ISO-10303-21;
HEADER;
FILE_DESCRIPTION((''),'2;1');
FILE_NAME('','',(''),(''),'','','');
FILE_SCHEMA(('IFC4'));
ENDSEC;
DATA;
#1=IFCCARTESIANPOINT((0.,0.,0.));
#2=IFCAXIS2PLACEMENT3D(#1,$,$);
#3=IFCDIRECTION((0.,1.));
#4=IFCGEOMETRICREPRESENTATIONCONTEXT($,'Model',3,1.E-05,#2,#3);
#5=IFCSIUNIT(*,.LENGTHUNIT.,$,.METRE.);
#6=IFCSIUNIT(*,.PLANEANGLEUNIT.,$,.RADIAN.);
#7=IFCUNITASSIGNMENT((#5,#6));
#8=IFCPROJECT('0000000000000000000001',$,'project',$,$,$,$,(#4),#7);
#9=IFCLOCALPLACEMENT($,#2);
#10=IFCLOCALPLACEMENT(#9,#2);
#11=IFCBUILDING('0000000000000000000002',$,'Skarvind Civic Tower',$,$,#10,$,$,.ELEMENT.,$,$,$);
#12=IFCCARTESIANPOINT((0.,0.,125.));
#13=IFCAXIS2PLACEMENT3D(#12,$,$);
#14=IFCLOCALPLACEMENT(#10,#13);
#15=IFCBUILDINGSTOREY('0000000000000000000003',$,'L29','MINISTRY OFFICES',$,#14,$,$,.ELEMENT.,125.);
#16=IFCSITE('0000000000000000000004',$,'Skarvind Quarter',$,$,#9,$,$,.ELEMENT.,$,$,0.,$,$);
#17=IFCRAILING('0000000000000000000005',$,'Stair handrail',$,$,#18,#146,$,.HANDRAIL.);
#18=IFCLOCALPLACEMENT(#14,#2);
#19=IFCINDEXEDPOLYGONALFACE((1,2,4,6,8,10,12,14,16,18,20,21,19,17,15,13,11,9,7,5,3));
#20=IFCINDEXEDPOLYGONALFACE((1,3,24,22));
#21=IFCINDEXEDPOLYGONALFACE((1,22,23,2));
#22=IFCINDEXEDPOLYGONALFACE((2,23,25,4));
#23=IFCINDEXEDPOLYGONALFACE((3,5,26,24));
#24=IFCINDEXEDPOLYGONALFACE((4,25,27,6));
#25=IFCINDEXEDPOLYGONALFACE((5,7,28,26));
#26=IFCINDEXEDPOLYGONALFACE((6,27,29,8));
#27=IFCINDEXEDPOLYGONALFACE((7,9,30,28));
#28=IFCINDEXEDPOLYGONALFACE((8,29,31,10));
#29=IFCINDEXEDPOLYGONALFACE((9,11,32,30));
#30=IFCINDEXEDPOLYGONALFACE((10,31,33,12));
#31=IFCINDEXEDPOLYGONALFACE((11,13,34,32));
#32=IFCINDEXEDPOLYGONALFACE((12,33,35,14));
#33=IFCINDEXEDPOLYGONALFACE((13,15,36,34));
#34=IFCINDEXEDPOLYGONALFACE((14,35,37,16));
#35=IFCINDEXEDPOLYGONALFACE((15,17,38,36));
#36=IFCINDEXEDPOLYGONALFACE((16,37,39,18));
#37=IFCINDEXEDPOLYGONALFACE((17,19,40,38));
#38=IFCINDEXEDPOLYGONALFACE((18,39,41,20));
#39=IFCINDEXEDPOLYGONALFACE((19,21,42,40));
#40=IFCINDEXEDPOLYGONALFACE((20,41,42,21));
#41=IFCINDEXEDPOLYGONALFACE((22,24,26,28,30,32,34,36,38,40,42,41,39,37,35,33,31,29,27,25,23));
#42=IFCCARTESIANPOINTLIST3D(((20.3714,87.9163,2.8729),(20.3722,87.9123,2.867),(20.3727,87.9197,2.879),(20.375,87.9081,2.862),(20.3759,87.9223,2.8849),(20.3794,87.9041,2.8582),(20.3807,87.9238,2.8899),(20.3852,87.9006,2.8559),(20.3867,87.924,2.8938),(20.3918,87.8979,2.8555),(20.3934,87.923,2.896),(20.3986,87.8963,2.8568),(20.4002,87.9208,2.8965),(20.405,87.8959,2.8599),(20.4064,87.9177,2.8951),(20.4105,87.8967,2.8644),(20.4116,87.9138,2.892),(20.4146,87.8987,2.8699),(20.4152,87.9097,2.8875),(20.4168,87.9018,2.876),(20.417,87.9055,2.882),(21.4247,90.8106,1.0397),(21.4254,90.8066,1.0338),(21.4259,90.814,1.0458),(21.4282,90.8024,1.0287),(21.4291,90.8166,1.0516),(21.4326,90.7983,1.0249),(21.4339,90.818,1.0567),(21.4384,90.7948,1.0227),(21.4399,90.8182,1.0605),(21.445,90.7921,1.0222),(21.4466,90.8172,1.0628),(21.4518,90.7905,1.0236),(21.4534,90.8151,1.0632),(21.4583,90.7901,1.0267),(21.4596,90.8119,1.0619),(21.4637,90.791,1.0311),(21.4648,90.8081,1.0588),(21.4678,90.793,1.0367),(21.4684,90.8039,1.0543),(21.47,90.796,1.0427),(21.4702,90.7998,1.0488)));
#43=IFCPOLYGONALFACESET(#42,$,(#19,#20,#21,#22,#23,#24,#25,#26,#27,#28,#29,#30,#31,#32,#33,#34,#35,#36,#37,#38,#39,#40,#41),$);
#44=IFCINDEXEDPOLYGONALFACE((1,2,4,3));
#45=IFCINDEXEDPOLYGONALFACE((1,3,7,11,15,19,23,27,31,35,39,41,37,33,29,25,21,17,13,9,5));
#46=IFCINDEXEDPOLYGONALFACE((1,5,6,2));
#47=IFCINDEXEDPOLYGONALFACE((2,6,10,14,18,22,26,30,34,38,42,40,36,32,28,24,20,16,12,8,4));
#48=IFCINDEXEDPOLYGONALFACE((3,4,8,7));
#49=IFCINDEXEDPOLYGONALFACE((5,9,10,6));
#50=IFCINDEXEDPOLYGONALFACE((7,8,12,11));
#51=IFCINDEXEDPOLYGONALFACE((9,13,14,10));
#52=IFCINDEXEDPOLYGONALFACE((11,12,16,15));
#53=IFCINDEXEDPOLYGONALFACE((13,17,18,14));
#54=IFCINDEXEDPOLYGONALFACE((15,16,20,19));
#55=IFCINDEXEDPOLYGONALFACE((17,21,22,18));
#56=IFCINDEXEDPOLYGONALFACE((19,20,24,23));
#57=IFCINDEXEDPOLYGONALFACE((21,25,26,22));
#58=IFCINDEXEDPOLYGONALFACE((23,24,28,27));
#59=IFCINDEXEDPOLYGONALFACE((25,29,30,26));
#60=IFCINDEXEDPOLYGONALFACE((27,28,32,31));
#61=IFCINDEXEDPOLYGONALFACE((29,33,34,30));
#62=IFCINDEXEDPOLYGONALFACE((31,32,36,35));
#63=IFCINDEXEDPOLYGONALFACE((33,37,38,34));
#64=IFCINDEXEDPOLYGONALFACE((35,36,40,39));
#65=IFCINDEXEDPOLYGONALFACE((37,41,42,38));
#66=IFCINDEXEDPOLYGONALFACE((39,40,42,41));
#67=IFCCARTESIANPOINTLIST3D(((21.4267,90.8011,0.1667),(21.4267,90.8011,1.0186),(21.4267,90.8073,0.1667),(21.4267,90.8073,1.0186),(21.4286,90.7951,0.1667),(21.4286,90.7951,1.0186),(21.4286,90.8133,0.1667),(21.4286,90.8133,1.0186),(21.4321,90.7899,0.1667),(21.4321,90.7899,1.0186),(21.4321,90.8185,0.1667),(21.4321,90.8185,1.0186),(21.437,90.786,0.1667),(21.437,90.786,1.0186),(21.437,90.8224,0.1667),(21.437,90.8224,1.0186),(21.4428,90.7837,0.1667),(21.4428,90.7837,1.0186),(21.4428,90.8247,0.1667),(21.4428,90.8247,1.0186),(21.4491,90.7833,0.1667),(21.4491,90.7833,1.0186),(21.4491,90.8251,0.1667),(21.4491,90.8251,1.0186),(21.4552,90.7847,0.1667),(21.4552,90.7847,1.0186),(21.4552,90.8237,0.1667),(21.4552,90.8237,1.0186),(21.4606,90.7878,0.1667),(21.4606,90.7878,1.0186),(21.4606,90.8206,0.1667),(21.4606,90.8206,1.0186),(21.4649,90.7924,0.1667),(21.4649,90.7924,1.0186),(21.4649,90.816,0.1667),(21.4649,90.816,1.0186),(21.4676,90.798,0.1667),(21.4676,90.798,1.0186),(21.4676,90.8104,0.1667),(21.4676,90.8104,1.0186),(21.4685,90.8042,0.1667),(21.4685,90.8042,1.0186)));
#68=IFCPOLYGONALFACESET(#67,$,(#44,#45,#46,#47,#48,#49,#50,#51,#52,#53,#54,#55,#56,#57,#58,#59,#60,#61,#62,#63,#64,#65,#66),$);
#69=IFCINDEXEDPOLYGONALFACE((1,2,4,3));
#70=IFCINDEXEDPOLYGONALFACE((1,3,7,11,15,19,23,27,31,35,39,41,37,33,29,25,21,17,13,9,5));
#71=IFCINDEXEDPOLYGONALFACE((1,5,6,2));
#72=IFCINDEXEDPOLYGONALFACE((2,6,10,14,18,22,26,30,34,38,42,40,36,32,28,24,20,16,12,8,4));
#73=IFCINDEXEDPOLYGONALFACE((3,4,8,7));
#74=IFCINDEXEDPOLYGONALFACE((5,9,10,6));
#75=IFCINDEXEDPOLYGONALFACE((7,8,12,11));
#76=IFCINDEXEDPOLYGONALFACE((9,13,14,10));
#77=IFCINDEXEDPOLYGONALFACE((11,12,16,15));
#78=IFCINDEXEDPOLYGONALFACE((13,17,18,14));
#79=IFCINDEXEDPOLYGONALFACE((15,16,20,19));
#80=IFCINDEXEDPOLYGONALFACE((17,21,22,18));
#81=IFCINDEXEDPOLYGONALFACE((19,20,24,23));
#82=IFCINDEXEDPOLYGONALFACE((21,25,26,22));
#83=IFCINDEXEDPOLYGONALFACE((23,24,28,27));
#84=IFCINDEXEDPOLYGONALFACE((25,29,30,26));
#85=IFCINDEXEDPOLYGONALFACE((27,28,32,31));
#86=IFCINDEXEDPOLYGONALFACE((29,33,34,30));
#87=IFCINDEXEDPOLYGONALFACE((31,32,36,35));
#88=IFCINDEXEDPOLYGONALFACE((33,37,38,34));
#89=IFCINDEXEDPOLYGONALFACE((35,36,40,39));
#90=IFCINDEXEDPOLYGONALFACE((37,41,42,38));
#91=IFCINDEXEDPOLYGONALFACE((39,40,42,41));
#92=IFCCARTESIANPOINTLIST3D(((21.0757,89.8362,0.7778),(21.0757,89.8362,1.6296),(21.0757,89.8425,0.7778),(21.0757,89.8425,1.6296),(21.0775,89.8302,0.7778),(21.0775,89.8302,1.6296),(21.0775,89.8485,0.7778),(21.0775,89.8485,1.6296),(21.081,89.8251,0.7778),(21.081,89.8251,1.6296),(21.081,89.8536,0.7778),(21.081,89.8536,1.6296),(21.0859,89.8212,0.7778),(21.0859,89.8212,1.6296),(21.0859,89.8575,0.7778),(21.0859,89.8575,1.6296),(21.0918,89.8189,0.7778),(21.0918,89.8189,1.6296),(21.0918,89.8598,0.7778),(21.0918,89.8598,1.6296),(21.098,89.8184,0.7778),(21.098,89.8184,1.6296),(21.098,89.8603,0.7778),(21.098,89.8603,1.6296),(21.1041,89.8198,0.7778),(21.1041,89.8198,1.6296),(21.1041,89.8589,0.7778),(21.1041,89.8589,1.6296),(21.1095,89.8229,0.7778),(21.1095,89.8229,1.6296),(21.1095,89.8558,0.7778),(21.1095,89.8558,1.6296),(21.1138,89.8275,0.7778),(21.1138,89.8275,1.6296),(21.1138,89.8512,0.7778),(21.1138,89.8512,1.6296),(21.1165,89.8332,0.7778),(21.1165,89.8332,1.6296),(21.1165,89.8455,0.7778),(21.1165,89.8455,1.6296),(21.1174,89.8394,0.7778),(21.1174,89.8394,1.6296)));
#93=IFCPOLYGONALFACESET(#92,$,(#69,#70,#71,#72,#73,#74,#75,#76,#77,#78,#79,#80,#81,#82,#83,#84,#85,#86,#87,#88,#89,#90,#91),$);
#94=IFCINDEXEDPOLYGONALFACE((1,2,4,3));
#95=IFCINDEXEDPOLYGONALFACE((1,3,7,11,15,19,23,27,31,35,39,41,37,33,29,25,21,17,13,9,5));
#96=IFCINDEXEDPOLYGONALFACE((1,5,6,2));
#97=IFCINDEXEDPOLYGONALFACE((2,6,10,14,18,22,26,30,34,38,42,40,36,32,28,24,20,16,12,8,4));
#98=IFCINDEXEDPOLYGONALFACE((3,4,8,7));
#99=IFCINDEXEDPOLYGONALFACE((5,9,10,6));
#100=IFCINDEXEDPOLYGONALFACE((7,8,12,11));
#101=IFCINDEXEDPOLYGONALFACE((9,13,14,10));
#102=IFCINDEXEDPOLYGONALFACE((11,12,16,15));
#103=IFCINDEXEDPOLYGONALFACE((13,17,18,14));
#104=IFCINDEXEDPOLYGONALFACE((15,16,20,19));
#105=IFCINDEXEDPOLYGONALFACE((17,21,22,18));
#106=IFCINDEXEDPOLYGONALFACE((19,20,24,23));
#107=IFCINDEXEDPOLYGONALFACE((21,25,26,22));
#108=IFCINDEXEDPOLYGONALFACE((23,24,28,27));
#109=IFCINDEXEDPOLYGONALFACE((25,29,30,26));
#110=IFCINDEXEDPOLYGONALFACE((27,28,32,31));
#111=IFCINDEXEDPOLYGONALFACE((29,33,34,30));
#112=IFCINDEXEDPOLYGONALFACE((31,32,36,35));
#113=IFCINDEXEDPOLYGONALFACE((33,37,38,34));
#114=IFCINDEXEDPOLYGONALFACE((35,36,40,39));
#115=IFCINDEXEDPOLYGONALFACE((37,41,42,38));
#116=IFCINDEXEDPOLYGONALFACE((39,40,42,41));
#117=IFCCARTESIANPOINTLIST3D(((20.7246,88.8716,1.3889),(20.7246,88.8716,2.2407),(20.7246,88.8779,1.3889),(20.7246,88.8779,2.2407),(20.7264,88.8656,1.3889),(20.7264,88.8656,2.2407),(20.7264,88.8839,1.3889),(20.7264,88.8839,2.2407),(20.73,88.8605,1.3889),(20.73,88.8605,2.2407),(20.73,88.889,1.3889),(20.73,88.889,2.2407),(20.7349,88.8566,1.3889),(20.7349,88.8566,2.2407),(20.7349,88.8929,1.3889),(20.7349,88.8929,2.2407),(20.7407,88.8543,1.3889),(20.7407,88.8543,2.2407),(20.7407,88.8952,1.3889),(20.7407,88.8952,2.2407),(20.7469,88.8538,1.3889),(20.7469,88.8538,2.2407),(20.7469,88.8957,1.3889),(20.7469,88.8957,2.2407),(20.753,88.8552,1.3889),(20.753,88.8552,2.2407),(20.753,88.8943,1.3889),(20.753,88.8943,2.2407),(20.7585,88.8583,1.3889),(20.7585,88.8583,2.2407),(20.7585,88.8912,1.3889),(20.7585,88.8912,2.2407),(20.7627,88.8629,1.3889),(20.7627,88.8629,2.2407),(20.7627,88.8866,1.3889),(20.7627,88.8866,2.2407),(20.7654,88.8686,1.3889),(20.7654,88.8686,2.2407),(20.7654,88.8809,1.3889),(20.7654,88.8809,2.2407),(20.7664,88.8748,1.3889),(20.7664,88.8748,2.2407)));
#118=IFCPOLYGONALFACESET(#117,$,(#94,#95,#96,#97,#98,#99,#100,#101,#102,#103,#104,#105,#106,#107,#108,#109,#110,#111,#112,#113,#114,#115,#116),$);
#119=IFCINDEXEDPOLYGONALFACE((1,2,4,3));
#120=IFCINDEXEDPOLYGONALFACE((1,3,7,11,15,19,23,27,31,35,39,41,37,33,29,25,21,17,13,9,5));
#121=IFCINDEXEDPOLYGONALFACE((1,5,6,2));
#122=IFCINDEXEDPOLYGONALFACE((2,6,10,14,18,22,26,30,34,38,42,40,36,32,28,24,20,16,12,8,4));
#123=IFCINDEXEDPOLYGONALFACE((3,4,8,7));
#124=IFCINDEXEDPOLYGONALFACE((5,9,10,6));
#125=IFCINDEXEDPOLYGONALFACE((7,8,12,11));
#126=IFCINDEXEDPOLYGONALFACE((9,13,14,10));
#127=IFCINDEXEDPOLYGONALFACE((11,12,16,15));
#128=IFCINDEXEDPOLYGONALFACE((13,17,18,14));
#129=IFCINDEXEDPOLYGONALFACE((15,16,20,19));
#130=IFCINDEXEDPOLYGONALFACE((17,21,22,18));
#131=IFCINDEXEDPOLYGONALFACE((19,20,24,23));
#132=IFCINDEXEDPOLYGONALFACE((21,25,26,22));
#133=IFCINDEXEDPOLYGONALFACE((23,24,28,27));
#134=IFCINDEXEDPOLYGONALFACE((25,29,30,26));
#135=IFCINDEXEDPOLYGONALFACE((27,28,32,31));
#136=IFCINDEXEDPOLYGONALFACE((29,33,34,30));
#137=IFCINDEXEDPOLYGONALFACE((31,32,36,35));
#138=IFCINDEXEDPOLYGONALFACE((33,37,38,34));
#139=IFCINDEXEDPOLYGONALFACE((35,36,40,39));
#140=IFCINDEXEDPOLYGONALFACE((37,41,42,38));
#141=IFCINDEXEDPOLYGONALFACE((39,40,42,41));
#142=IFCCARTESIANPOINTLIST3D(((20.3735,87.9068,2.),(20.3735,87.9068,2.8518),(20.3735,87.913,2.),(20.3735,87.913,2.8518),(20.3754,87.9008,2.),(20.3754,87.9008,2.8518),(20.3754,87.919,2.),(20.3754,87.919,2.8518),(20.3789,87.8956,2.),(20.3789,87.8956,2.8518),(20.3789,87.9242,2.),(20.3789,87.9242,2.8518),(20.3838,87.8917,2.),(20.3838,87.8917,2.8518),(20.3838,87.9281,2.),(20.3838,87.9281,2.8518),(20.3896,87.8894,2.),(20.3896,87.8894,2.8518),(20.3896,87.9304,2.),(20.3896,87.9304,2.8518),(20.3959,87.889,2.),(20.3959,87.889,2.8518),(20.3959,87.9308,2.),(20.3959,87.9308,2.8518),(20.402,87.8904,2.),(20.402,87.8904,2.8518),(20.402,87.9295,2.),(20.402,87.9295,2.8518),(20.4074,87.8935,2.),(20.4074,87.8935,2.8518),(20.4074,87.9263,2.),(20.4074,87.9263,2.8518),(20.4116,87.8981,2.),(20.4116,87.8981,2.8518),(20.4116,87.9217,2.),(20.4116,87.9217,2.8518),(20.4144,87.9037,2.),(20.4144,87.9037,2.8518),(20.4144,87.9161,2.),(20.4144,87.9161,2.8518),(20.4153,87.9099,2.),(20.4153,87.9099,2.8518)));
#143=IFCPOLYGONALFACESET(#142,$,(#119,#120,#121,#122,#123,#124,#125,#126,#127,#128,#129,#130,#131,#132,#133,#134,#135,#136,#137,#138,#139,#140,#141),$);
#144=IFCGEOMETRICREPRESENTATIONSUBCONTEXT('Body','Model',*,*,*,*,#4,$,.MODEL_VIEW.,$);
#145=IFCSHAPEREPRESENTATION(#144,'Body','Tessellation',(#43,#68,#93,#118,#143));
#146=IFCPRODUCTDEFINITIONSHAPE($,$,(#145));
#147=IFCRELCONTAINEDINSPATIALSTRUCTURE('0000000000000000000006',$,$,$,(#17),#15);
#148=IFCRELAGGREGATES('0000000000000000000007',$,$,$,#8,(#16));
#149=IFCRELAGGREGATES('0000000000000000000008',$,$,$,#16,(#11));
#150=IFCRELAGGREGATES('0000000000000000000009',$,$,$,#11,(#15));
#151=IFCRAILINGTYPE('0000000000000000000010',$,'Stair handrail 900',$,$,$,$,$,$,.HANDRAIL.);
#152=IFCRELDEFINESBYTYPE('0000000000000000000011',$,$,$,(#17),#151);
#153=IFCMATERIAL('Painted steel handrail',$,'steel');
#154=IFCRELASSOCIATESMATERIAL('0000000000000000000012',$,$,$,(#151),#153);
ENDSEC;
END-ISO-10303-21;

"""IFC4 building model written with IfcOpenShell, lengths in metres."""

from ifc_helpers import new_model, si_unit, direction, frame, origin, origin_2d, place, context, subcontext, project, spatial, circle, extrude, material, type_object, element, save


model = new_model("IFC4")

# Units and contexts
model_context = context("Model", 3, precision=1e-05, world=origin(), true_north=direction((0.0, 1.0)))
body_context = subcontext(model_context, "Body", "Model", "MODEL_VIEW")
ifc_project = project(units=[si_unit("LENGTHUNIT", "METRE"), si_unit("PLANEANGLEUNIT", "RADIAN")], contexts=[model_context])

# Site, building, storey
site_placement = place(None, origin())
site = spatial("IfcSite", under=ifc_project, at=site_placement, Name="Skarvind Quarter", CompositionType="ELEMENT", RefElevation=0.0)
building_placement = place(site_placement, origin())
building = spatial("IfcBuilding", under=site, at=building_placement, Name="Skarvind Civic Tower", CompositionType="ELEMENT")
storey_placement = place(building_placement, frame((0.0, 0.0, 125.0)))
storey = spatial("IfcBuildingStorey", under=building, at=storey_placement, Name="L29", Description="MINISTRY OFFICES", CompositionType="ELEMENT", Elevation=125.0)

# Railing
ifc_material_1 = material(Name="Painted steel handrail", Category="steel")
railing_type = type_object("IfcRailingType", Name="Stair handrail 900", PredefinedType="HANDRAIL", material=ifc_material_1)
railing_1_placement = place(storey_placement, frame((21.4475, 90.8042, 0.1667)))
element("IfcRailing", 1, at=railing_1_placement, inside=storey, type_object=railing_type, Name="Stair handrail", PredefinedType="HANDRAIL", context=body_context, shape_type="SweptSolid", body=[
    extrude(circle(Radius=0.0239, at=origin_2d()), frame((0.0, 0.0, 0.876), z_axis=(-0.293846, -0.807497, 0.511472), x_axis=(0.939715, -0.341959, 0.0)), (0.0, 0.0, 1.0), 3.5842),
    extrude(circle(Radius=0.021, at=origin_2d()), origin(), (0.0, 0.0, 1.0), 0.8518),
    extrude(circle(Radius=0.021, at=origin_2d()), frame((-0.3511, -0.9648, 0.6111)), (0.0, 0.0, 1.0), 0.8518),
    extrude(circle(Radius=0.021, at=origin_2d()), frame((-0.7021, -1.9294, 1.2222)), (0.0, 0.0, 1.0), 0.8518),
    extrude(circle(Radius=0.021, at=origin_2d()), frame((-1.0532, -2.8943, 1.8333)), (0.0, 0.0, 1.0), 0.8518),
])

save(model, "model.ifc")
